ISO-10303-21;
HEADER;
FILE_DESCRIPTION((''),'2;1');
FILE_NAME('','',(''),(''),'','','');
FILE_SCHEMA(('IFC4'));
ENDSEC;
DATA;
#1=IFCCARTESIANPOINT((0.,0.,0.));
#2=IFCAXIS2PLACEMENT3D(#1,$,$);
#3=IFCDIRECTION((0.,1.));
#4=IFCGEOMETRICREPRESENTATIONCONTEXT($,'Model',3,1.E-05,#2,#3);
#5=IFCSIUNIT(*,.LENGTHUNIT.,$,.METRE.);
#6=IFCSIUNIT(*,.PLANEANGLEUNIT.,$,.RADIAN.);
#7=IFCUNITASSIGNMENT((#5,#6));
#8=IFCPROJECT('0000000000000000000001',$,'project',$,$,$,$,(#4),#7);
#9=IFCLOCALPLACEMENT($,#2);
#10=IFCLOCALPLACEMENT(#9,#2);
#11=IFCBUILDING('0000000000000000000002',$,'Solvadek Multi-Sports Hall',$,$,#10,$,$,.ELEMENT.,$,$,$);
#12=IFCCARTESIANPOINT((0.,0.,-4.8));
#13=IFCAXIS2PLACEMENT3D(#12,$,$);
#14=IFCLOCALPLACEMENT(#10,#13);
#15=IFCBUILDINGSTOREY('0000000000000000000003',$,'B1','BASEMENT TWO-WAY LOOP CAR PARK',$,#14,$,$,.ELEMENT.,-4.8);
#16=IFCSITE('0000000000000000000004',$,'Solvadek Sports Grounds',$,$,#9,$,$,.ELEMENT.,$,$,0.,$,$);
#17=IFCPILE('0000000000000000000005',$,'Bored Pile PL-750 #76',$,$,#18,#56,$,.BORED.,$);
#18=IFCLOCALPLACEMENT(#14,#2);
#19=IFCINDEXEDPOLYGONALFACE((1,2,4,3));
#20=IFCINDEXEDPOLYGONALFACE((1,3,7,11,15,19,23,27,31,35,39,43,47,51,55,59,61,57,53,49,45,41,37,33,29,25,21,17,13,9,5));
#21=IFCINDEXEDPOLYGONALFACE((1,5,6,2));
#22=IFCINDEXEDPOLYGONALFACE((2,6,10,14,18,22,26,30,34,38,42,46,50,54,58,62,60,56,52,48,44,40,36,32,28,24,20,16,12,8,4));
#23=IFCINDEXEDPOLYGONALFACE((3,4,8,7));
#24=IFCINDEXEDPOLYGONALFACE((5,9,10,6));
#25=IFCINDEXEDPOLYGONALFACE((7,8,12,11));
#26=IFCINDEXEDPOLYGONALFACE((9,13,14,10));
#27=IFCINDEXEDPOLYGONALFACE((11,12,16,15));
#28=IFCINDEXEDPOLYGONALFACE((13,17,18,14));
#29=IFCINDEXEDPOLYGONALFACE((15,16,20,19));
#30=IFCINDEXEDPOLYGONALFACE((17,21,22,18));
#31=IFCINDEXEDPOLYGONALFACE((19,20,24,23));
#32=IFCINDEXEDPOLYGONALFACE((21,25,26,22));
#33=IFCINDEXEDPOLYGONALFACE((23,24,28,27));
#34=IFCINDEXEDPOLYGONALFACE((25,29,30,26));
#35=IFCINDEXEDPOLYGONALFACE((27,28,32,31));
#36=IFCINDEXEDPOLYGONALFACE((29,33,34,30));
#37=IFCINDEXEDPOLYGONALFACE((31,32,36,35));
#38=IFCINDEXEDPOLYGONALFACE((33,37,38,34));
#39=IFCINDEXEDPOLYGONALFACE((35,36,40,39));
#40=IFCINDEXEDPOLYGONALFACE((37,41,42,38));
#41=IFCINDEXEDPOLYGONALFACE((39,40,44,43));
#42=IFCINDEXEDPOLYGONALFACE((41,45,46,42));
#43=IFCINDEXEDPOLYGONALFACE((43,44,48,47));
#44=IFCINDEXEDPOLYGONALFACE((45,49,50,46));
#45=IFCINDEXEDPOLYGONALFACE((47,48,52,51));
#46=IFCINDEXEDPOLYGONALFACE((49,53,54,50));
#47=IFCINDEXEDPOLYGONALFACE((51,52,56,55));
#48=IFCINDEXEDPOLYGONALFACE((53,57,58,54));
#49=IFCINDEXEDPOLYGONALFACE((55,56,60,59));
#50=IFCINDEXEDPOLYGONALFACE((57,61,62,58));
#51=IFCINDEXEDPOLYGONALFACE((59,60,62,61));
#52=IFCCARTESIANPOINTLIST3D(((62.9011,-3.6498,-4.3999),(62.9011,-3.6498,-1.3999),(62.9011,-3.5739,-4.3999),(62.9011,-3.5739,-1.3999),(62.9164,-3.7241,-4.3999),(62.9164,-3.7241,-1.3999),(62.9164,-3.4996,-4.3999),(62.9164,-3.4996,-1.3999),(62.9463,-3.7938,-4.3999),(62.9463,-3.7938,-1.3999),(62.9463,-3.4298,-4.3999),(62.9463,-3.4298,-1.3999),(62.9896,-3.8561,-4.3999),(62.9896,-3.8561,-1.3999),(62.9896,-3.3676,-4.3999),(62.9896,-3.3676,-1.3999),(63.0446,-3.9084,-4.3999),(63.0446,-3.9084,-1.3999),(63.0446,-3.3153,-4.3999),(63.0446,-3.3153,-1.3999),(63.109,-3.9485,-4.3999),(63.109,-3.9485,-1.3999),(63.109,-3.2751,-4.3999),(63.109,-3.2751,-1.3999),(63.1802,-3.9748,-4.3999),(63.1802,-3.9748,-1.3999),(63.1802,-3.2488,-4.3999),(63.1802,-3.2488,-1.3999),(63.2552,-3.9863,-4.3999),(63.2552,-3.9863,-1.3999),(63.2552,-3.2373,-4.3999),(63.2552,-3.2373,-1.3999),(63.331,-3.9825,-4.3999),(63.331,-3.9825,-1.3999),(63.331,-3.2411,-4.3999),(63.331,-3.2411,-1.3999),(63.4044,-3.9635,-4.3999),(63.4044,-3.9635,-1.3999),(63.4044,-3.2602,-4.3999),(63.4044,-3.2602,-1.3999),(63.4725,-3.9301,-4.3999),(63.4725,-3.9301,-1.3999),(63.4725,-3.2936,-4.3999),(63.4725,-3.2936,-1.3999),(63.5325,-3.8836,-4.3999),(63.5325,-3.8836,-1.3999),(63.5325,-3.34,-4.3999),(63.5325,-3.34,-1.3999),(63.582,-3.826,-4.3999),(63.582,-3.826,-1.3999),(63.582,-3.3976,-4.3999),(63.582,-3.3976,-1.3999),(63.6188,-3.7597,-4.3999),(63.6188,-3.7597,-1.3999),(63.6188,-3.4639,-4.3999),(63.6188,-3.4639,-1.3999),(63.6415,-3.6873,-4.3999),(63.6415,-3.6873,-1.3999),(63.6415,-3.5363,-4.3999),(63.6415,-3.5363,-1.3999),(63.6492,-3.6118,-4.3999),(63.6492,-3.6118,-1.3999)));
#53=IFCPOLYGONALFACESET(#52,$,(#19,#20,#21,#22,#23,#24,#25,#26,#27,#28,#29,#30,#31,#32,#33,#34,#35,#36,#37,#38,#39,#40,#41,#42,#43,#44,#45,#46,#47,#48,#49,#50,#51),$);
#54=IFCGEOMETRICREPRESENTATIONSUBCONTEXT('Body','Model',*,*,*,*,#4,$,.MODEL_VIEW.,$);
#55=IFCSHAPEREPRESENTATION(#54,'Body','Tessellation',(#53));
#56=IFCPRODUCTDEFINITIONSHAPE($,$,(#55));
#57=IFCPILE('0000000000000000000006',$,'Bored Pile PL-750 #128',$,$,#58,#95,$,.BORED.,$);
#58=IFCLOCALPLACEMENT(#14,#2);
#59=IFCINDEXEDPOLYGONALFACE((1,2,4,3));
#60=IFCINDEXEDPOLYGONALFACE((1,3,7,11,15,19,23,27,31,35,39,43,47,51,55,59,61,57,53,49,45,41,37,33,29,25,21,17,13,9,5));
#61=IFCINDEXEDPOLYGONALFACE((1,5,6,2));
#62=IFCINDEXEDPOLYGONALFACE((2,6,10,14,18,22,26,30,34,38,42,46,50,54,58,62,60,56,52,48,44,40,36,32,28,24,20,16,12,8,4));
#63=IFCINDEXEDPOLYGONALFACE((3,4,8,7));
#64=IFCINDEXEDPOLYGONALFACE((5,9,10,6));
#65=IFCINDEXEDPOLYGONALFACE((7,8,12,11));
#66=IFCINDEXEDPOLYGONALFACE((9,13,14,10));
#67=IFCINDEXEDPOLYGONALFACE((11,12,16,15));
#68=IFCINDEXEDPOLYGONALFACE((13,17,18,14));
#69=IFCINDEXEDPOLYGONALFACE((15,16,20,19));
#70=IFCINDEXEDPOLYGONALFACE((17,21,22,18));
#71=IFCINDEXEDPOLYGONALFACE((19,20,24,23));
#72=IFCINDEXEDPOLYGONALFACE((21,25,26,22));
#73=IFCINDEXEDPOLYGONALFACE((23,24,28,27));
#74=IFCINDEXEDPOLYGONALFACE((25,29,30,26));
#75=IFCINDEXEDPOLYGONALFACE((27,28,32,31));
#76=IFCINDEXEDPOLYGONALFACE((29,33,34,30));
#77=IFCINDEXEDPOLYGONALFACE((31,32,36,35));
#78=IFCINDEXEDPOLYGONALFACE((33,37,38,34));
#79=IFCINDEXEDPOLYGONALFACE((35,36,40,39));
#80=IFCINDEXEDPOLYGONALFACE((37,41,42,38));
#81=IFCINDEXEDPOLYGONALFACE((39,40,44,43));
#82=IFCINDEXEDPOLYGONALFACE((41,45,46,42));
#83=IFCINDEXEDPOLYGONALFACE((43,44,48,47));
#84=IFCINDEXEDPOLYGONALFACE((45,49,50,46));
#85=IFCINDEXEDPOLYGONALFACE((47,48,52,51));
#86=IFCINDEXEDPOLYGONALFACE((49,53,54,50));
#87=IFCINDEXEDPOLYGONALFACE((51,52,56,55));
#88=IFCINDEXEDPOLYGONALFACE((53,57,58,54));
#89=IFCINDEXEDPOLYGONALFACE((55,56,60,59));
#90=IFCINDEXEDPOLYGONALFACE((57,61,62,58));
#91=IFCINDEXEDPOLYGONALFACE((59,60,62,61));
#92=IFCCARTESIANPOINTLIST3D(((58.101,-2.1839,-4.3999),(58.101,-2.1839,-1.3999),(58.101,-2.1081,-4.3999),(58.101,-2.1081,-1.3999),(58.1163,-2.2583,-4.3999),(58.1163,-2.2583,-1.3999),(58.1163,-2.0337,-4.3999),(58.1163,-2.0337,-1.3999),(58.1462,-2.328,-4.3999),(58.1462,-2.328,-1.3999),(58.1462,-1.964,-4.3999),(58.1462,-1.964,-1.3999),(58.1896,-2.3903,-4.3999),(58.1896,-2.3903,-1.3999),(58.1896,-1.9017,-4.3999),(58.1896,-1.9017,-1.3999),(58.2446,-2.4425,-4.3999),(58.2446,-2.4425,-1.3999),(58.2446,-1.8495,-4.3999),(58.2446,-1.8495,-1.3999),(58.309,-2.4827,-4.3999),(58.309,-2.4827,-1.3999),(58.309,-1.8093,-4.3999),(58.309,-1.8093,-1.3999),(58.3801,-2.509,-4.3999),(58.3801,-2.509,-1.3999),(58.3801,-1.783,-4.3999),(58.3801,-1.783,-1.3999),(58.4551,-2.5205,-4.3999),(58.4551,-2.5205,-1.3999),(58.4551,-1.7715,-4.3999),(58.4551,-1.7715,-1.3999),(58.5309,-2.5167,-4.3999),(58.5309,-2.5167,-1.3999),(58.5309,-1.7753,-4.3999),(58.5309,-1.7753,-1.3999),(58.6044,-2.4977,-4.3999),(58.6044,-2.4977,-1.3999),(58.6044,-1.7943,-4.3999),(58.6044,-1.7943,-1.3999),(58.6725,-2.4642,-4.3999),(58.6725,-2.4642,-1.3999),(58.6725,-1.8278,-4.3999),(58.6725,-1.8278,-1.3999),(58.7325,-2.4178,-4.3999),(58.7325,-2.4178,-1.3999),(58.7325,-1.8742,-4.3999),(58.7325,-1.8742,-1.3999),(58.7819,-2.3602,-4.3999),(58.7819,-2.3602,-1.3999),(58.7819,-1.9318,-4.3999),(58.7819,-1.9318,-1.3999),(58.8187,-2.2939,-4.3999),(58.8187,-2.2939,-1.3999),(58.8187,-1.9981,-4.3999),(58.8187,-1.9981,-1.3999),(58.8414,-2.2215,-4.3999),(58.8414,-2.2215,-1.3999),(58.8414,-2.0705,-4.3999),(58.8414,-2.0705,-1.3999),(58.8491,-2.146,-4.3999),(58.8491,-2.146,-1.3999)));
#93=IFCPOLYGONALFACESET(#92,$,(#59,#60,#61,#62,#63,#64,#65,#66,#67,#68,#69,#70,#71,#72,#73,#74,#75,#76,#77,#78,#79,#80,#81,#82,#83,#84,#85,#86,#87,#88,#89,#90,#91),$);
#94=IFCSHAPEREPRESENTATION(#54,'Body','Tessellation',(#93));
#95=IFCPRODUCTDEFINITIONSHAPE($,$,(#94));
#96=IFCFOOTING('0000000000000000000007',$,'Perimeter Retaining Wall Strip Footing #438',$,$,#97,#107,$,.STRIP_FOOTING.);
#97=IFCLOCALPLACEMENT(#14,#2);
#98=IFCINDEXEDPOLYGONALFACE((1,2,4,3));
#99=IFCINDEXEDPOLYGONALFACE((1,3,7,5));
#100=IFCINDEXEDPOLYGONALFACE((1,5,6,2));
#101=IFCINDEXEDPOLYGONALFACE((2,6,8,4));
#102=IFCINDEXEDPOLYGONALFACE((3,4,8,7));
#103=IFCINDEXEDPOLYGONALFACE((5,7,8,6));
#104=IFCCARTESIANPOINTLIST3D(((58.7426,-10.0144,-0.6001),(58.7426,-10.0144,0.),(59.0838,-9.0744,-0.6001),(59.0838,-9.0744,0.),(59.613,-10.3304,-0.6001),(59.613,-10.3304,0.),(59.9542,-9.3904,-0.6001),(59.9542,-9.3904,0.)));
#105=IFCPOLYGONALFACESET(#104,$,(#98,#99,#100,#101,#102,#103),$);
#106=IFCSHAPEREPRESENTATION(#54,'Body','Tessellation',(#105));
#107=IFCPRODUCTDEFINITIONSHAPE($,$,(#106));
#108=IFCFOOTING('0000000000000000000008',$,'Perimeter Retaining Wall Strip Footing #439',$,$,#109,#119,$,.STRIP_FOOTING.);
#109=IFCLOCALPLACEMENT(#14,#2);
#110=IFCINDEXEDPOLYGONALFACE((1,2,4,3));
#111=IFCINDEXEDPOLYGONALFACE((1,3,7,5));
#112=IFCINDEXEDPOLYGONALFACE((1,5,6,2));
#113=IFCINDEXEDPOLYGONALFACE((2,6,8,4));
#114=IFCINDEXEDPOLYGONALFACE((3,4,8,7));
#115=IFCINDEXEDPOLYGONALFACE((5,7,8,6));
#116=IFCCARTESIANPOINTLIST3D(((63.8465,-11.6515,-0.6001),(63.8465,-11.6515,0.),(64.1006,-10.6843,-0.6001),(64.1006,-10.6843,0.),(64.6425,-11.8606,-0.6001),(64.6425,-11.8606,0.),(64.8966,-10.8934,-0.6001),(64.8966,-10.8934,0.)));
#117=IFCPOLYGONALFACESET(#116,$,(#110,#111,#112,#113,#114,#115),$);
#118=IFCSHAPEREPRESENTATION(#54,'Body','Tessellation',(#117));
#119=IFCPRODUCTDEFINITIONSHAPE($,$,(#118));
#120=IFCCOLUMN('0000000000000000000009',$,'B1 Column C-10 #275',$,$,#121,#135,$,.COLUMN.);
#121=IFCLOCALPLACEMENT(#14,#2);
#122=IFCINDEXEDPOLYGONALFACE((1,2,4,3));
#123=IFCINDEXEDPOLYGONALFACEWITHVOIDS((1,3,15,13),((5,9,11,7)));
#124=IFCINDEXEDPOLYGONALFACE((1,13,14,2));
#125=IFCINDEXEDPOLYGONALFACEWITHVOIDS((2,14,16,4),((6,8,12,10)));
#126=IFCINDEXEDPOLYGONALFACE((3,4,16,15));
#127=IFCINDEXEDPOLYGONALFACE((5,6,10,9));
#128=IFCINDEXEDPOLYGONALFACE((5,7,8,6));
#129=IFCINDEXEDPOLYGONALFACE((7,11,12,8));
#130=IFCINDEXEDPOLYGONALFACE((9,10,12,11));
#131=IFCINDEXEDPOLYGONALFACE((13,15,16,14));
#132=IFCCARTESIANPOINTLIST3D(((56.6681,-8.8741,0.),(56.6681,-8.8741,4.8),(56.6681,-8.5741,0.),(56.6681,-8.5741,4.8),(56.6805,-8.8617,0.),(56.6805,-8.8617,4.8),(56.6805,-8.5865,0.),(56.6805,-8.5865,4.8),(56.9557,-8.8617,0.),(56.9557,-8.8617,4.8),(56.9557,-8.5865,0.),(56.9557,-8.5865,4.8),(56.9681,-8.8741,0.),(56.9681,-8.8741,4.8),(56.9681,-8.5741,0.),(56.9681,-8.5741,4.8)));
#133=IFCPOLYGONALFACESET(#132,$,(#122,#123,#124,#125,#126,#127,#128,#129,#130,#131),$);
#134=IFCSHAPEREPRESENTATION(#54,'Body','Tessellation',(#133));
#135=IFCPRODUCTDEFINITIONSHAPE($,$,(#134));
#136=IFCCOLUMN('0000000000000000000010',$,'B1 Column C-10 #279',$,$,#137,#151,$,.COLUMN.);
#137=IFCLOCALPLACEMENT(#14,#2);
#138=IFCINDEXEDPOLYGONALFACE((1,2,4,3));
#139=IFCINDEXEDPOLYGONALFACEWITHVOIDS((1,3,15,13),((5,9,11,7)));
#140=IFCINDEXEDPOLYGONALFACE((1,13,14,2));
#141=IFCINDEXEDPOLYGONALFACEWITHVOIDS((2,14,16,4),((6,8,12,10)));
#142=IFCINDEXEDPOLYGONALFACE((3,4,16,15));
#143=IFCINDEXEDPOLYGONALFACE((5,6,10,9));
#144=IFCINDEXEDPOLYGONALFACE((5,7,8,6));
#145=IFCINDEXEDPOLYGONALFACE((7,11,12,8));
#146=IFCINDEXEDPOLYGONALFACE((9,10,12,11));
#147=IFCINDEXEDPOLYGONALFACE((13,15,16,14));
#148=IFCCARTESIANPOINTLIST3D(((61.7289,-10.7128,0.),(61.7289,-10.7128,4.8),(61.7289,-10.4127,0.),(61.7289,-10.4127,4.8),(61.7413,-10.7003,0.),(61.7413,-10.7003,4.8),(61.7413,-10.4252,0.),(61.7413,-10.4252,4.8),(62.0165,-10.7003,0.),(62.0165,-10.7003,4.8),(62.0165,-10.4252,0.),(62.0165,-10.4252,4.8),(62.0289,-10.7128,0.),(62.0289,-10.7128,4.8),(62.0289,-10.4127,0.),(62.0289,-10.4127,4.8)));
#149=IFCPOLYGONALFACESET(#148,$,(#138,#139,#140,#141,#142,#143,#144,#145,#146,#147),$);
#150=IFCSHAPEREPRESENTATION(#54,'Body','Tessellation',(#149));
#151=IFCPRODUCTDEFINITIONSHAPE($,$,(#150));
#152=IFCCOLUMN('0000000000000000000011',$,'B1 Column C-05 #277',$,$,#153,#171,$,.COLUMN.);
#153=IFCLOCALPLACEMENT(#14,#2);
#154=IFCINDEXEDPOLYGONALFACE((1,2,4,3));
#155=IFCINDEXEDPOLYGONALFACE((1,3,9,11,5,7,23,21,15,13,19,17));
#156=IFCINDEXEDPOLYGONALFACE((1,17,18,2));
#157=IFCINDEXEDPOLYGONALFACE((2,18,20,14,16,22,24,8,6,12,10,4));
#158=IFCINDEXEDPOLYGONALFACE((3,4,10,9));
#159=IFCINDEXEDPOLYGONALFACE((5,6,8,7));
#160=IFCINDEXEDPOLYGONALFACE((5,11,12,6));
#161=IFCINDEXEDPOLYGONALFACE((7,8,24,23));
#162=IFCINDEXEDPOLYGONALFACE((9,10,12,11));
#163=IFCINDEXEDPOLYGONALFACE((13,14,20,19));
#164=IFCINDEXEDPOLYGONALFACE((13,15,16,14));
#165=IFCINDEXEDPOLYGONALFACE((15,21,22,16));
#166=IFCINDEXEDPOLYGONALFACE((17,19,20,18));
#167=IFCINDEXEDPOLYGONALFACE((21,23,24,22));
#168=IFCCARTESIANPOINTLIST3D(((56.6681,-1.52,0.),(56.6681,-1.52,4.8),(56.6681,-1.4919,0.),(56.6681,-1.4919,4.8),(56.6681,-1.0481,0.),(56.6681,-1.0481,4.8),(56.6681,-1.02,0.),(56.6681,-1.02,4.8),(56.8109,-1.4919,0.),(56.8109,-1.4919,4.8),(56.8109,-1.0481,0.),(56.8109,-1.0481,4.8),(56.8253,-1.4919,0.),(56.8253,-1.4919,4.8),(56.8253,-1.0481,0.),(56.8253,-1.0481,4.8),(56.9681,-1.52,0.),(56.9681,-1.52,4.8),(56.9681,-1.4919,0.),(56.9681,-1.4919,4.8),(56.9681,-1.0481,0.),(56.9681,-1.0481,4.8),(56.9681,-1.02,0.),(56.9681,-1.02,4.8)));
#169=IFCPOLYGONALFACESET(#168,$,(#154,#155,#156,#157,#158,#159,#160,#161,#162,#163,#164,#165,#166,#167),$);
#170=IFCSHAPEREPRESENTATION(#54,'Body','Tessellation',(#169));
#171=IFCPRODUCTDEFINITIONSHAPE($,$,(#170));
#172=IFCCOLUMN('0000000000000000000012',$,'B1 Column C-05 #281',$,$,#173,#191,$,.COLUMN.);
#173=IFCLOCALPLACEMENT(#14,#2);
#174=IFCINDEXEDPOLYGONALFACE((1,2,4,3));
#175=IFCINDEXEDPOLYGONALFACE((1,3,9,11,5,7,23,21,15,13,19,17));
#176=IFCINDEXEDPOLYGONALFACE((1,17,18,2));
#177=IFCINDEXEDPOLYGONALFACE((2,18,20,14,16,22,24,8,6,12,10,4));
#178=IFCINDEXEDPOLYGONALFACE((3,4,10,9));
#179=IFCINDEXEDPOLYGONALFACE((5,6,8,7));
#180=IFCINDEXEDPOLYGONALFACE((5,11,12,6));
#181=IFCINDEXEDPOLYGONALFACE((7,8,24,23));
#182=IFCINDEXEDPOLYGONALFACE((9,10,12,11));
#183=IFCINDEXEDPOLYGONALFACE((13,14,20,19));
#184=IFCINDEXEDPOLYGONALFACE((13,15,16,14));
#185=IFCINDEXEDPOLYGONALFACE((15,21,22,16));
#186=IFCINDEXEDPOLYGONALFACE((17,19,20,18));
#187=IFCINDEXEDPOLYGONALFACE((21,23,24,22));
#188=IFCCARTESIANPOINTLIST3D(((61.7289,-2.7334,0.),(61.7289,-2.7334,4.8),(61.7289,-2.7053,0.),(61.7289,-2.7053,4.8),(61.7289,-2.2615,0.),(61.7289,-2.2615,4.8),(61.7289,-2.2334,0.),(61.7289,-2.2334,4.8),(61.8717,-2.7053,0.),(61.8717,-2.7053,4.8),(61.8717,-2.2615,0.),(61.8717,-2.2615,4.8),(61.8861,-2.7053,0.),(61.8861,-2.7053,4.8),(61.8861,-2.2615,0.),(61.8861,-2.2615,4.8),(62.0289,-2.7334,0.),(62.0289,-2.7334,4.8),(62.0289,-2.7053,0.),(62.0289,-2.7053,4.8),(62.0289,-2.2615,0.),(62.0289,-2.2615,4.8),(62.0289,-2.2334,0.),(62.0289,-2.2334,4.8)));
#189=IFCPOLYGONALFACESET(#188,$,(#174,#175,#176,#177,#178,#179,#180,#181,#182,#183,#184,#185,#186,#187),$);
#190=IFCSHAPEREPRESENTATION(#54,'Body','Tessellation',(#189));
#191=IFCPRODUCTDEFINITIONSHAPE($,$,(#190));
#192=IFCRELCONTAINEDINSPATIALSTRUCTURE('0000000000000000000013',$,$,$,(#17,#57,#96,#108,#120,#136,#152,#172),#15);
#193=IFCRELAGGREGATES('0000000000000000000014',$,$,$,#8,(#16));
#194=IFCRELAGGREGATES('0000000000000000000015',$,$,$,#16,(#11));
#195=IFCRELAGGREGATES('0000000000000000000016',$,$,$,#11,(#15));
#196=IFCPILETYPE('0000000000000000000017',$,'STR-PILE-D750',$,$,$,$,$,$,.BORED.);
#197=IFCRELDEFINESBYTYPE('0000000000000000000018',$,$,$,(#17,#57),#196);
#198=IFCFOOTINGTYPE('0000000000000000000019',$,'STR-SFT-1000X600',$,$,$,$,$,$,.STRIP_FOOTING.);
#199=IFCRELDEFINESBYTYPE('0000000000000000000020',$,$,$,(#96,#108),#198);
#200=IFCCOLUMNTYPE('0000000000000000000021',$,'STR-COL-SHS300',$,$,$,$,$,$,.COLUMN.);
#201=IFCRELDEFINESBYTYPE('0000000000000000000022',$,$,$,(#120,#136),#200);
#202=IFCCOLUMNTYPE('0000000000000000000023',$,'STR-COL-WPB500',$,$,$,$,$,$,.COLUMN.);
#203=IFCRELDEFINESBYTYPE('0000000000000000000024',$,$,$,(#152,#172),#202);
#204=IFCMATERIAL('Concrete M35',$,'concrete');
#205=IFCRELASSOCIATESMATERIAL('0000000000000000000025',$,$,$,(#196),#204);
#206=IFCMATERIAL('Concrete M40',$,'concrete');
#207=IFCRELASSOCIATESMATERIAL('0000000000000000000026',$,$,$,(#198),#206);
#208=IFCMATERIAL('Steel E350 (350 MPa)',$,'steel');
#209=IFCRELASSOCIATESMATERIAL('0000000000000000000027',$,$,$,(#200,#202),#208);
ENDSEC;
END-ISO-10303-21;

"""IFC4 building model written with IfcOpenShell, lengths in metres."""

from ifc_helpers import new_model, si_unit, direction, frame, origin, origin_2d, place, context, subcontext, project, spatial, rectangle, hollow_rectangle, circle, i_section, extrude, material, material_profile, profile_set, type_object, element, save


model = new_model("IFC4")

# Units and contexts
model_context = context("Model", 3, precision=1e-05, world=origin(), true_north=direction((0.0, 1.0)))
body_context = subcontext(model_context, "Body", "Model", "MODEL_VIEW")
ifc_project = project(units=[si_unit("LENGTHUNIT", "METRE"), si_unit("PLANEANGLEUNIT", "RADIAN")], contexts=[model_context])

# Site, building, storey
site_placement = place(None, origin())
site = spatial("IfcSite", under=ifc_project, at=site_placement, Name="Solvadek Sports Grounds", CompositionType="ELEMENT", RefElevation=0.0)
building_placement = place(site_placement, origin())
building = spatial("IfcBuilding", under=site, at=building_placement, Name="Solvadek Multi-Sports Hall", CompositionType="ELEMENT")
storey_placement = place(building_placement, frame((0.0, 0.0, -4.8)))
storey = spatial("IfcBuildingStorey", under=building, at=storey_placement, Name="B1", Description="BASEMENT TWO-WAY LOOP CAR PARK", CompositionType="ELEMENT", Elevation=-4.8)

# Shared definitions
ifc_material_1 = material(Name="Concrete M40", Category="concrete")

# Piles
ifc_material_2 = material(Name="Concrete M35", Category="concrete")
ifc_material_profile_1 = material_profile(ifc_material_2, circle(Radius=0.375, at=origin_2d()), Name="BORED PILE D750")
ifc_profile_set_1 = profile_set([ifc_material_profile_1], Name="Concrete M35")
pile_type = type_object("IfcPileType", Name="STR-PILE-D750", PredefinedType="BORED", material=ifc_profile_set_1)
for number, where, z_axis, x_axis, name in (
    (1, (63.2742, -3.6118, -1.3999), (0.0, 0.0, -1.0), (1.0, 0.0, 0.0), "Bored Pile PL-750 #76"),
    (2, (58.4741, -2.146, -1.3999), (0.0, 0.0, -1.0), (1.0, 0.0, 0.0), "Bored Pile PL-750 #128"),
):
    element("IfcPile", number, at=place(storey_placement, frame(where, z_axis=z_axis, x_axis=x_axis)), inside=storey, type_object=pile_type, Name=name, PredefinedType="BORED", context=body_context, shape_type="SweptSolid", body=[
        extrude(circle(Radius=0.375, at=origin_2d()), origin(), (0.0, 0.0, 1.0), 3.0),
    ])

# Footings
footing_type_1 = type_object("IfcFootingType", Name="STR-SFT-1000X600", PredefinedType="STRIP_FOOTING", material=ifc_material_1)
footing_1_placement = place(storey_placement, frame((59.3484, -9.7024, -0.6001), z_axis=(0.0, 0.0, 1.0), x_axis=(0.939991, -0.3412, 0.0)))
element("IfcFooting", 3, at=footing_1_placement, inside=storey, type_object=footing_type_1, Name="Perimeter Retaining Wall Strip Footing #438", PredefinedType="STRIP_FOOTING", context=body_context, shape_type="SweptSolid", body=[
    extrude(rectangle(XDim=0.926, YDim=1.0, at=origin_2d()), origin(), (0.0, 0.0, 1.0), 0.6001),
])
footing_2_placement = place(storey_placement, frame((64.3716, -11.2725, -0.6001), z_axis=(0.0, 0.0, 1.0), x_axis=(0.967179, -0.254096, 0.0)))
element("IfcFooting", 4, at=footing_2_placement, inside=storey, type_object=footing_type_1, Name="Perimeter Retaining Wall Strip Footing #439", PredefinedType="STRIP_FOOTING", context=body_context, shape_type="SweptSolid", body=[
    extrude(rectangle(XDim=0.823, YDim=1.0, at=origin_2d()), origin(), (0.0, 0.0, 1.0), 0.6001),
])

# Columns
ifc_material_3 = material(Name="Steel E350 (350 MPa)", Category="steel")
ifc_material_profile_2 = material_profile(ifc_material_3, hollow_rectangle(XDim=0.3, YDim=0.3, WallThickness=0.0125, at=origin_2d()), Name="SHS 300x300x12.5")
ifc_profile_set_2 = profile_set([ifc_material_profile_2], Name="Steel E350 (350 MPa)")
column_type_1 = type_object("IfcColumnType", Name="STR-COL-SHS300", PredefinedType="COLUMN", material=ifc_profile_set_2)
for number, where, z_axis, x_axis, name in (
    (5, (56.8181, -8.7241, 0.0), (0.0, 0.0, 1.0), (1.0, 0.0, 0.0), "B1 Column C-10 #275"),
    (6, (61.8789, -10.5627, 0.0), (0.0, 0.0, 1.0), (1.0, 0.0, 0.0), "B1 Column C-10 #279"),
):
    element("IfcColumn", number, at=place(storey_placement, frame(where, z_axis=z_axis, x_axis=x_axis)), inside=storey, type_object=column_type_1, Name=name, PredefinedType="COLUMN", context=body_context, shape_type="SweptSolid", body=[
        extrude(hollow_rectangle(XDim=0.3, YDim=0.3, WallThickness=0.0125, at=origin_2d()), origin(), (0.0, 0.0, 1.0), 4.8),
    ])
ifc_material_profile_3 = material_profile(ifc_material_3, i_section(OverallWidth=0.3, OverallDepth=0.5, WebThickness=0.0144, FlangeThickness=0.0281, at=origin_2d()), Name="WPB 500")
ifc_profile_set_3 = profile_set([ifc_material_profile_3], Name="Steel E350 (350 MPa)")
column_type_2 = type_object("IfcColumnType", Name="STR-COL-WPB500", PredefinedType="COLUMN", material=ifc_profile_set_3)
for number, where, z_axis, x_axis, name in (
    (7, (56.8181, -1.27, 0.0), (0.0, 0.0, 1.0), (1.0, 0.0, 0.0), "B1 Column C-05 #277"),
    (8, (61.8789, -2.4834, 0.0), (0.0, 0.0, 1.0), (1.0, 0.0, 0.0), "B1 Column C-05 #281"),
):
    element("IfcColumn", number, at=place(storey_placement, frame(where, z_axis=z_axis, x_axis=x_axis)), inside=storey, type_object=column_type_2, Name=name, PredefinedType="COLUMN", context=body_context, shape_type="SweptSolid", body=[
        extrude(i_section(OverallWidth=0.3, OverallDepth=0.5, WebThickness=0.0144, FlangeThickness=0.0281, at=origin_2d()), origin(), (0.0, 0.0, 1.0), 4.8),
    ])

save(model, "model.ifc")
